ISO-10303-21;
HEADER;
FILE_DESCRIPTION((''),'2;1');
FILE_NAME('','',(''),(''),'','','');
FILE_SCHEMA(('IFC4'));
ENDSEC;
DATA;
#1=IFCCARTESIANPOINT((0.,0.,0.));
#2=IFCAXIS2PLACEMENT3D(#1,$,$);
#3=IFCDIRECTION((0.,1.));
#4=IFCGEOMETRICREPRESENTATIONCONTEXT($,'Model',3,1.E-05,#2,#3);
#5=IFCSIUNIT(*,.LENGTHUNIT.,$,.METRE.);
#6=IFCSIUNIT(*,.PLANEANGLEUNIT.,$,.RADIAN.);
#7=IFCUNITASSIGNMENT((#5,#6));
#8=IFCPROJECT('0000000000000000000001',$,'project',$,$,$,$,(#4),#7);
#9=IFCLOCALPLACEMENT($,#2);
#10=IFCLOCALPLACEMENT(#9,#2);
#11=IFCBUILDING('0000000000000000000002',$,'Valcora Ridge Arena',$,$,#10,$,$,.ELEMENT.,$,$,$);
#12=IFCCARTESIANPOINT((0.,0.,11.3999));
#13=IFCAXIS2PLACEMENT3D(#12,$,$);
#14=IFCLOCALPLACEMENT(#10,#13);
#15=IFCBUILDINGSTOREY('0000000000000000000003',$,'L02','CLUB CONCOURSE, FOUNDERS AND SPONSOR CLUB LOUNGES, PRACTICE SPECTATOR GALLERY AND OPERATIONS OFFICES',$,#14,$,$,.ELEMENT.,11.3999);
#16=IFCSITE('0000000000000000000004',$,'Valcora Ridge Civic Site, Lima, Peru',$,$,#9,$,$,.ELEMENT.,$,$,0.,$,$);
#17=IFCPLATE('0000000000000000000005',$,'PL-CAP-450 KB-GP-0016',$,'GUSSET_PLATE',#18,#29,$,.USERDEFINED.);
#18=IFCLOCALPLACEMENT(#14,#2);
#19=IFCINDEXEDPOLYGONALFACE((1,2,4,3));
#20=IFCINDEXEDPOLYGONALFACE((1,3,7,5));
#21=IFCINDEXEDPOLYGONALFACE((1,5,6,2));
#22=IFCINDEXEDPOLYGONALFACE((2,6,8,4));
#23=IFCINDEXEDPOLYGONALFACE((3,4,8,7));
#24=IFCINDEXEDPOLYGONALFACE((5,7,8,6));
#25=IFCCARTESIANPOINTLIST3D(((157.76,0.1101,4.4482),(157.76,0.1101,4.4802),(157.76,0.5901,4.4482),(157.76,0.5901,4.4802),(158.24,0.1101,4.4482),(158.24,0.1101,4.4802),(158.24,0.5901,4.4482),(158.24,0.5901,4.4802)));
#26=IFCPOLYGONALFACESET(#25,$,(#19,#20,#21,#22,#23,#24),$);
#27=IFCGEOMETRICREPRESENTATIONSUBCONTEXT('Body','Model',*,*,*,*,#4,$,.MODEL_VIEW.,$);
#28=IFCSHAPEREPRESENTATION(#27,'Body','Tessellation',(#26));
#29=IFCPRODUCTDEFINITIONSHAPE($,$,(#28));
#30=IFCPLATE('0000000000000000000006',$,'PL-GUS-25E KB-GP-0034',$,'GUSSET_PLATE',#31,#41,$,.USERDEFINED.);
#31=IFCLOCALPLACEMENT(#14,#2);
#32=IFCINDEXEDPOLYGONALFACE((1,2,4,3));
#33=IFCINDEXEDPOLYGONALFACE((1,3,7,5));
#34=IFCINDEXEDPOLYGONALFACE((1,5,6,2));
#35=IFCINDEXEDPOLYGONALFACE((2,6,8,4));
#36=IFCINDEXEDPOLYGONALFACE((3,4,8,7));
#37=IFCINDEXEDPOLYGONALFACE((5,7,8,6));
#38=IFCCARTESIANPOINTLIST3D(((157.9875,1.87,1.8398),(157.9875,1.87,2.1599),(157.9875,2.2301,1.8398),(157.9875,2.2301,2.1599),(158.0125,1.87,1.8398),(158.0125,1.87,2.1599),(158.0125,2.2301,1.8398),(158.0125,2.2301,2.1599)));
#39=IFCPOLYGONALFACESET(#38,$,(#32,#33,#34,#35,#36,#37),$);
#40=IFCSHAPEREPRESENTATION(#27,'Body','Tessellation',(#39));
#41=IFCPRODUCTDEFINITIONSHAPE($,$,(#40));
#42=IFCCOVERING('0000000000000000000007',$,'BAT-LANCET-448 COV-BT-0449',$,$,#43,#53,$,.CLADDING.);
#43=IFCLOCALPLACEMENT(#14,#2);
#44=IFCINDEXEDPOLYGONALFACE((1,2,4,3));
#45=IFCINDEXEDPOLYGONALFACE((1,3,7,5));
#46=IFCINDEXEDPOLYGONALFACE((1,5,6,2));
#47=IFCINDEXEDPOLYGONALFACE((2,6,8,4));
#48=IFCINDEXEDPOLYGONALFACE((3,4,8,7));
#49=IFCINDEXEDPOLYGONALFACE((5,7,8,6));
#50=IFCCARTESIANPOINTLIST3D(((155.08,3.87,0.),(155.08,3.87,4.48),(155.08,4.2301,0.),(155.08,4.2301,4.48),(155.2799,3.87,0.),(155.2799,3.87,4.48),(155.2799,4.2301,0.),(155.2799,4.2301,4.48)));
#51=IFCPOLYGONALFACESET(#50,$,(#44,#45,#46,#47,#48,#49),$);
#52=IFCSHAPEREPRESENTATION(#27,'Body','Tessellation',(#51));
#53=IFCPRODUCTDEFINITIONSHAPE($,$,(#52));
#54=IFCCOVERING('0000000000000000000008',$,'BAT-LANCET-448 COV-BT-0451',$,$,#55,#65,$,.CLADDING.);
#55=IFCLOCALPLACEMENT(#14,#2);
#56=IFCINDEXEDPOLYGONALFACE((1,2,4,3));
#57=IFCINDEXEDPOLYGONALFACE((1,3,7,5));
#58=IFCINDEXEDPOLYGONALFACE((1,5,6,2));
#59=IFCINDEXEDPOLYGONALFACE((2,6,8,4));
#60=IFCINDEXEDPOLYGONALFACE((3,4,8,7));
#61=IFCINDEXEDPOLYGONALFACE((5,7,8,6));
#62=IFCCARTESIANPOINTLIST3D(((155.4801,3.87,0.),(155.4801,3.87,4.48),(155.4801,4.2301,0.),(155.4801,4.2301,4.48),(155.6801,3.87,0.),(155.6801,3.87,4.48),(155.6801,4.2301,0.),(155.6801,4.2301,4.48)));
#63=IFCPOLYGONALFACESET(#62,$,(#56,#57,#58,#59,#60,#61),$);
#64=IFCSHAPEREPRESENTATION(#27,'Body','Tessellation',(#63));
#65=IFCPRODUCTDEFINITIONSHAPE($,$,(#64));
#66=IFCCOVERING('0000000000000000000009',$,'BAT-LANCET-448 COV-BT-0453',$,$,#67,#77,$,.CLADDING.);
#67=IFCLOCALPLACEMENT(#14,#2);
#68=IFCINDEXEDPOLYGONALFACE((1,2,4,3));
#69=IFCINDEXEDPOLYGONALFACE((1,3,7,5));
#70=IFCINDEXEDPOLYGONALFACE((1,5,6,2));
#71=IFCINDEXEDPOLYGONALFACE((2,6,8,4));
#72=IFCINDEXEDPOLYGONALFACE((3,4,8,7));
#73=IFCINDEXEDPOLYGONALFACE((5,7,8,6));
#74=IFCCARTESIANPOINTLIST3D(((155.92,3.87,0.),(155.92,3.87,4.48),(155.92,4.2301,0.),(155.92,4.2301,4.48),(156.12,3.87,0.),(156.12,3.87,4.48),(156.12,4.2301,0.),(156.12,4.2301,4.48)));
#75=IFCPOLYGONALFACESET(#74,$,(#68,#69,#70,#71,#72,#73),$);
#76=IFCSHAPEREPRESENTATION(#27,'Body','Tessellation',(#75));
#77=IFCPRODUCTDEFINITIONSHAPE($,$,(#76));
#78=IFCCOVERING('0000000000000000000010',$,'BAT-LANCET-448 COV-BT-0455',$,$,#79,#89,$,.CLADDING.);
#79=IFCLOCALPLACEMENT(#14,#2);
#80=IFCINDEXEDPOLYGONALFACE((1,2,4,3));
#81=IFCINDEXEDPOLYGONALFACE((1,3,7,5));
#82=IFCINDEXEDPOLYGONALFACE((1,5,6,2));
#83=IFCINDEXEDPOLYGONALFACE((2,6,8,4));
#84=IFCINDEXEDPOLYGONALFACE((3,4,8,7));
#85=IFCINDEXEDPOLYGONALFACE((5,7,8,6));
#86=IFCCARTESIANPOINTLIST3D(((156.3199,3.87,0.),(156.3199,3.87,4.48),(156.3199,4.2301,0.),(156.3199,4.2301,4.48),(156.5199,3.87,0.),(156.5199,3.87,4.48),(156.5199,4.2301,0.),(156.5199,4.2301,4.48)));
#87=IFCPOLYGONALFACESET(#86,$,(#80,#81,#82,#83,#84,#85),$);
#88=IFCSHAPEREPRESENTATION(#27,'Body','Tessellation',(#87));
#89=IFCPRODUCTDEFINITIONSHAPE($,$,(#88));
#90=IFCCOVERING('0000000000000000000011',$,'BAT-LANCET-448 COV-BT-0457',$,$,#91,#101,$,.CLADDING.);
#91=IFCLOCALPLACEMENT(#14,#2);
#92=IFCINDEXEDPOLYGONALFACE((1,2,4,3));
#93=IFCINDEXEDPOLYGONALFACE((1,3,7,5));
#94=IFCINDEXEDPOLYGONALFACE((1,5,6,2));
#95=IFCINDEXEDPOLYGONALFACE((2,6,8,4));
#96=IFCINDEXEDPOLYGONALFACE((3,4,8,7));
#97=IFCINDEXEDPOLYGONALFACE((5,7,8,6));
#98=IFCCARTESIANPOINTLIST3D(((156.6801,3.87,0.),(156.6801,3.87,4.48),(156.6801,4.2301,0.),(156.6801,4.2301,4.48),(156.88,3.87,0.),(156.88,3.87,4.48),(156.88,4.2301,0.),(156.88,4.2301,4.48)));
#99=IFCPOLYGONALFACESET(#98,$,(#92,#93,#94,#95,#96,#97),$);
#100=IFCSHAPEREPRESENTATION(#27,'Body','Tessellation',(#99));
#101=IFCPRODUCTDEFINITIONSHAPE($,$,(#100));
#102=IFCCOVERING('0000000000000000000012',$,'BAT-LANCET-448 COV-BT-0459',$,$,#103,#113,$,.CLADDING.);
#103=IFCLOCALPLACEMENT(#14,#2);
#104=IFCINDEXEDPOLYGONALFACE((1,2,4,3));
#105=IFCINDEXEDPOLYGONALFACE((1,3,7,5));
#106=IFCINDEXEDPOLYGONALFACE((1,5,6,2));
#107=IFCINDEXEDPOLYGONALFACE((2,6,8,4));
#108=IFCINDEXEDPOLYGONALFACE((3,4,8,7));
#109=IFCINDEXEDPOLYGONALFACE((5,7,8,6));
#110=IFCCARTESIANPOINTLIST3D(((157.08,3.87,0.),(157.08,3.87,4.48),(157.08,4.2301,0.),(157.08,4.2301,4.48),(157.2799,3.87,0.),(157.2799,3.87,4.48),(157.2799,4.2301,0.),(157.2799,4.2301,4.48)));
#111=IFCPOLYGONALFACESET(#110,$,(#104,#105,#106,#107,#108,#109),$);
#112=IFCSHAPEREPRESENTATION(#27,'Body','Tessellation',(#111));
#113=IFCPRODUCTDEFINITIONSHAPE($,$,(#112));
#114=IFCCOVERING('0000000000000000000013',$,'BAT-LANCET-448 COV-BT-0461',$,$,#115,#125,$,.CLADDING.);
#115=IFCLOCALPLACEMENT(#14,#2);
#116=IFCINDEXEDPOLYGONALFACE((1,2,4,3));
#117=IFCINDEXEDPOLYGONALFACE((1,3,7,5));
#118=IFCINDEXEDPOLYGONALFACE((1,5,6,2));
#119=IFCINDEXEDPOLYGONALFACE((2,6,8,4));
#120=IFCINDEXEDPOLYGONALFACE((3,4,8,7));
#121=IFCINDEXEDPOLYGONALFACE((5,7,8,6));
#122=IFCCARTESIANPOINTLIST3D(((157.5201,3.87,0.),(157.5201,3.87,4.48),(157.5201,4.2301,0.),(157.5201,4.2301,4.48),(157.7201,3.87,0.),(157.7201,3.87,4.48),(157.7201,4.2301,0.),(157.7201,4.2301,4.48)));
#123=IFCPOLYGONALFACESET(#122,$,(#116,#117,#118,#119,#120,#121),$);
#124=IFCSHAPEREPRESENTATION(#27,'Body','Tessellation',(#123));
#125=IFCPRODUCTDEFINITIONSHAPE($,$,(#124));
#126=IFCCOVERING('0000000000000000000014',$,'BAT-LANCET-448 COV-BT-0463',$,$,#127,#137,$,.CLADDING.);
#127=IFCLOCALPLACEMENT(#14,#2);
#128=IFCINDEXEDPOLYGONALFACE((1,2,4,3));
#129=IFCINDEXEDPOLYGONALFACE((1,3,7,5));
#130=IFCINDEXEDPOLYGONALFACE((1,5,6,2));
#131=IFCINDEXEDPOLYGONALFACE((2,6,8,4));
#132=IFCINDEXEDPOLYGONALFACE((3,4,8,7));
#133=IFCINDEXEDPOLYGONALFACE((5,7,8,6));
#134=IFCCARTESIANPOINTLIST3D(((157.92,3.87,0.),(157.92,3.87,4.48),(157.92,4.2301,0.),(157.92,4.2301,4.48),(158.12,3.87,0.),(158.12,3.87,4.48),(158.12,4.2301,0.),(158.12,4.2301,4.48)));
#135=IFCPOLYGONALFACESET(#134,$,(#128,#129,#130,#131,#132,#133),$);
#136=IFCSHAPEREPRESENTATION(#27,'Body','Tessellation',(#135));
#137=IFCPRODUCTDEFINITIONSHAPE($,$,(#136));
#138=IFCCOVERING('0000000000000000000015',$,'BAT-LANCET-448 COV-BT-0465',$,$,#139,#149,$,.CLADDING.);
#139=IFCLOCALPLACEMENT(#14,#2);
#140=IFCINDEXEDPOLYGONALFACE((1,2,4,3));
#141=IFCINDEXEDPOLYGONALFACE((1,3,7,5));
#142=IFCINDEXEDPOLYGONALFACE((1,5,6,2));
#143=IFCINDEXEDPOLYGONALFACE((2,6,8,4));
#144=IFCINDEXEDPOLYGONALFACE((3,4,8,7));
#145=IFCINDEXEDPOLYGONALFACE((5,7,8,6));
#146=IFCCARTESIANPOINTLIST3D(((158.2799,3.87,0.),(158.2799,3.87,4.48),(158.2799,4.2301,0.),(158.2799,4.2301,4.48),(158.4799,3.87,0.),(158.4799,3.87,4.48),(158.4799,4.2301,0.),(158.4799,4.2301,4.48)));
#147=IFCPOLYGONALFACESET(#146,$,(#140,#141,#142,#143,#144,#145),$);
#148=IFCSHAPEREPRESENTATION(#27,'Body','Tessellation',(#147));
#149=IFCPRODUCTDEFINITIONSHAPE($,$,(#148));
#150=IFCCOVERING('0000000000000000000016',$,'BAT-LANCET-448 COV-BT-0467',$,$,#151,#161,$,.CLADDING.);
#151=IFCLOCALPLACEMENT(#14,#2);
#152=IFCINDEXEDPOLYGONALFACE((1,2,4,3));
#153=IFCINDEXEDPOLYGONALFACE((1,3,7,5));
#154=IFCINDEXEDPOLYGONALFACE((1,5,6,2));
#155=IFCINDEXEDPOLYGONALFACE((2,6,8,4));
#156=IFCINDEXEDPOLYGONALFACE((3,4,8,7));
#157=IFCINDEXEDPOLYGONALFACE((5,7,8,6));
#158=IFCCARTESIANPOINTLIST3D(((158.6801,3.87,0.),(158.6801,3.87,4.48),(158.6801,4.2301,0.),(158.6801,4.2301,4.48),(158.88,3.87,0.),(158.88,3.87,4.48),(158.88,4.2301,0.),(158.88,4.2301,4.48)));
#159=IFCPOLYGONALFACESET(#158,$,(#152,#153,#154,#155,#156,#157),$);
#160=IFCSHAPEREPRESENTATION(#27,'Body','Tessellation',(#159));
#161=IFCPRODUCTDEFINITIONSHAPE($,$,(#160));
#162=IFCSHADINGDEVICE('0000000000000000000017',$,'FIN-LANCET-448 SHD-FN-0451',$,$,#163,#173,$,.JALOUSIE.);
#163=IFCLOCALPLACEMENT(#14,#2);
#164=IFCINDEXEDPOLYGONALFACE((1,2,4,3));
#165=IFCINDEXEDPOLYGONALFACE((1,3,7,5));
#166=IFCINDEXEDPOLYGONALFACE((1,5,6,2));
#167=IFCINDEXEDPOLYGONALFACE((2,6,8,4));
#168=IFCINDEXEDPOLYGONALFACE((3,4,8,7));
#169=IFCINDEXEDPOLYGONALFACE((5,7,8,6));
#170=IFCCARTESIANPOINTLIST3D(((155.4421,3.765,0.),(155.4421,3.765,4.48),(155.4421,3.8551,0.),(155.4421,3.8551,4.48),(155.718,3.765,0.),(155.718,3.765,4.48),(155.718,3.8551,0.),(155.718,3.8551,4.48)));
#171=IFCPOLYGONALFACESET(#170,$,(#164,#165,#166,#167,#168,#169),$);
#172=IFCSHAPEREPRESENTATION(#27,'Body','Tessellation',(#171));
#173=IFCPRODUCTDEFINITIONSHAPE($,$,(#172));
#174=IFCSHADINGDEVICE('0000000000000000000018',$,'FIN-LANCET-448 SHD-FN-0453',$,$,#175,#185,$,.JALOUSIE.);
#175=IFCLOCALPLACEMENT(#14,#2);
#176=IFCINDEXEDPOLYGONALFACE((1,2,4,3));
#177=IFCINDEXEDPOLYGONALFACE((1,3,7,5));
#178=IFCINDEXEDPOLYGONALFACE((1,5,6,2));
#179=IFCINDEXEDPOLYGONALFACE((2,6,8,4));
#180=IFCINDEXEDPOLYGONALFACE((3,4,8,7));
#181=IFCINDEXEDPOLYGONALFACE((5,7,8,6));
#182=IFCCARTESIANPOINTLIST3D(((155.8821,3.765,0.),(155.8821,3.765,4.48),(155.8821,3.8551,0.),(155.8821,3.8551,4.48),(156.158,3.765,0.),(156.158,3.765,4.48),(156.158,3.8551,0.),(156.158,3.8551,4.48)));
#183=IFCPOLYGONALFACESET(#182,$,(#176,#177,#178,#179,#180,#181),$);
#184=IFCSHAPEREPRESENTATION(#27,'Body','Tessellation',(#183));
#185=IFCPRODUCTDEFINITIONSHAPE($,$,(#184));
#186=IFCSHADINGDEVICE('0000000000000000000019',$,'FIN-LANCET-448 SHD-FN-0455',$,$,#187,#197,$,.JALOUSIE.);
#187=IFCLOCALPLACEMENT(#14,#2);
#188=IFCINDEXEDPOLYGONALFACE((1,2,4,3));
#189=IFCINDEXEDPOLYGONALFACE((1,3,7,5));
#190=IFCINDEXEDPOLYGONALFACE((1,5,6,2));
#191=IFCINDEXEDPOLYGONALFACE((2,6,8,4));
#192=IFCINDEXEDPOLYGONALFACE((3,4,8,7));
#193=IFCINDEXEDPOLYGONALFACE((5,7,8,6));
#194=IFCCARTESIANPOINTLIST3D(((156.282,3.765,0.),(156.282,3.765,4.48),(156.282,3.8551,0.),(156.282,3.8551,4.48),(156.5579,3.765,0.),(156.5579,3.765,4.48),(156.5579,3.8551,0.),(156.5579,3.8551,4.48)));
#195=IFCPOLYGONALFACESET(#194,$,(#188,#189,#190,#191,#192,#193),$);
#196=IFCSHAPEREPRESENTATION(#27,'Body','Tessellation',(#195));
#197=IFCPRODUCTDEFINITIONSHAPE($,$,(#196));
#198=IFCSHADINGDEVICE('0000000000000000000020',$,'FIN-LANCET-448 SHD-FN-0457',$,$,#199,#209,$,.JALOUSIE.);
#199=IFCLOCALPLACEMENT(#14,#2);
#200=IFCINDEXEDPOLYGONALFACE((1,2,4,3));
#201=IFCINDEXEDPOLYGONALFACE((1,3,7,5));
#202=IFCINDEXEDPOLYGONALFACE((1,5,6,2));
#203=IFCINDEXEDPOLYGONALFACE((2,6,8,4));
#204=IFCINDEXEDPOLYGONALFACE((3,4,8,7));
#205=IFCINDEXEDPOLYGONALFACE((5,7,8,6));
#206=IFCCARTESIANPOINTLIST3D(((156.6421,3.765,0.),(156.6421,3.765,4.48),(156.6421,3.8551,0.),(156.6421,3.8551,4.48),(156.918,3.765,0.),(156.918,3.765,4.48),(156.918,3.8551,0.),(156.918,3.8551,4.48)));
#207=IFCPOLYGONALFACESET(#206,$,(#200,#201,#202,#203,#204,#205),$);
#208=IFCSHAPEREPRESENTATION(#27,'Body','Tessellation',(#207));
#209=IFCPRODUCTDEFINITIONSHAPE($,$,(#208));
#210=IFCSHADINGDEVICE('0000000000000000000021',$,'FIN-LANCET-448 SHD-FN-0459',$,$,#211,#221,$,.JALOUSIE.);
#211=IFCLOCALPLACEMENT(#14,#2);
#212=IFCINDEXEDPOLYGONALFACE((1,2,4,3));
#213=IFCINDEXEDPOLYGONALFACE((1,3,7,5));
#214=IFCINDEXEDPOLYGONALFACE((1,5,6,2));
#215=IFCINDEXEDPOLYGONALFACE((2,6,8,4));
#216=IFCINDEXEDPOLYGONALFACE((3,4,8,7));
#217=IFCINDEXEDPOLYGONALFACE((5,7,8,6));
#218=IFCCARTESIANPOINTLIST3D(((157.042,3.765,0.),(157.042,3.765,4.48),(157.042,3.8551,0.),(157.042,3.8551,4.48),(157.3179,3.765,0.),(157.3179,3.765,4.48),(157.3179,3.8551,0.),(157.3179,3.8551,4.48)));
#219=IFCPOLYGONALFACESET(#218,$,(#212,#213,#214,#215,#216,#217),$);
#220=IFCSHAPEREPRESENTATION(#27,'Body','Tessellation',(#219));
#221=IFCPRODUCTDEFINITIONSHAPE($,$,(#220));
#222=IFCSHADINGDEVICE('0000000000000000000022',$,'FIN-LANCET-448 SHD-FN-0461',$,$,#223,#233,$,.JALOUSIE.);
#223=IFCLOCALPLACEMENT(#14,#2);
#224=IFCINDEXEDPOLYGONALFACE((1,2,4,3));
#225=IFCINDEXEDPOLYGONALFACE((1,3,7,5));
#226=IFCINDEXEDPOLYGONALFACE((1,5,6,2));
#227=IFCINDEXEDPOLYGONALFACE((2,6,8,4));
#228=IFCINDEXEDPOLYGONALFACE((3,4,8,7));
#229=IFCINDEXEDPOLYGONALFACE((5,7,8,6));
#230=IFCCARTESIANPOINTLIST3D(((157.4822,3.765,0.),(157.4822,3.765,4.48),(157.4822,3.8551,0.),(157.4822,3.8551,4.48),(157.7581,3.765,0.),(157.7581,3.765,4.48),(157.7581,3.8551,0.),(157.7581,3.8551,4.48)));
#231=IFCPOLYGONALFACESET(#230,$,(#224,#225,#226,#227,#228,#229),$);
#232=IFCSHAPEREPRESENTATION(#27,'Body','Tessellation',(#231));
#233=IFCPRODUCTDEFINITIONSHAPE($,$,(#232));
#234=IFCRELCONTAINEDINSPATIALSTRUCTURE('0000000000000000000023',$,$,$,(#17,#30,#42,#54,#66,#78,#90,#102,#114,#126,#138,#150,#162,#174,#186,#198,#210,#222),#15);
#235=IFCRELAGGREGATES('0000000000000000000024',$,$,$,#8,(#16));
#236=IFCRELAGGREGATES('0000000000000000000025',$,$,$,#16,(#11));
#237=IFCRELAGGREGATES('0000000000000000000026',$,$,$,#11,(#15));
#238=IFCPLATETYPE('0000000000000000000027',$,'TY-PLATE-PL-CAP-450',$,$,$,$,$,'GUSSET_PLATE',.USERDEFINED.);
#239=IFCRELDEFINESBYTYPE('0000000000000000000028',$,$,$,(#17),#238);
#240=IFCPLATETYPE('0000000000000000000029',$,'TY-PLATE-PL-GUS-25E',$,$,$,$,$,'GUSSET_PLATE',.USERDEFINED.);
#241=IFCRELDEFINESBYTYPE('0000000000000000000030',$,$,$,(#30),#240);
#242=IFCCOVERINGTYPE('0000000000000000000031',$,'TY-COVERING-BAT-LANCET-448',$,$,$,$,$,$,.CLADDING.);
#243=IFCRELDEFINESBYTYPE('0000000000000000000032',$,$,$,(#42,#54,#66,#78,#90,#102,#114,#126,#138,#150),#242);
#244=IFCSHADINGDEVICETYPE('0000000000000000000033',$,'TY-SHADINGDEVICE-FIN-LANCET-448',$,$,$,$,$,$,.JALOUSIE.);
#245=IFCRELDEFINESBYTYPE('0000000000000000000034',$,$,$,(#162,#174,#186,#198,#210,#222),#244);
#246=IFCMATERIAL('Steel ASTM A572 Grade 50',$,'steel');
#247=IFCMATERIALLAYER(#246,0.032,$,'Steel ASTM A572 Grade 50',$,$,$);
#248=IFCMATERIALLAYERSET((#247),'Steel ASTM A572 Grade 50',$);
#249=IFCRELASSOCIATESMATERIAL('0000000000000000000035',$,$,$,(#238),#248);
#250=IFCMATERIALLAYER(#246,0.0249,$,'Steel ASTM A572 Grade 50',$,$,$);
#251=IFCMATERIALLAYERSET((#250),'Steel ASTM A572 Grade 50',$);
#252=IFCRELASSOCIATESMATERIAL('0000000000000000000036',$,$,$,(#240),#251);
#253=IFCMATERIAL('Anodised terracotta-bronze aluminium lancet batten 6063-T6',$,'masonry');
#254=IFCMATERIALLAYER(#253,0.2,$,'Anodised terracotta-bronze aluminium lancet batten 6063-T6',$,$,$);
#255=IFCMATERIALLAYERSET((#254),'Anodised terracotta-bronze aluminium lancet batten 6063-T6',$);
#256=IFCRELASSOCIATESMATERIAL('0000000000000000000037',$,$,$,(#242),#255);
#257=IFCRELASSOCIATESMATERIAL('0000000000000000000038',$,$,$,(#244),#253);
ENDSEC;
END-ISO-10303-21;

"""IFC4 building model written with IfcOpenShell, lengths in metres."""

from ifc_helpers import new_model, si_unit, direction, frame, origin, origin_2d, place, context, subcontext, project, spatial, rectangle, extrude, material, layer, layer_set, material_profile, profile_set, type_object, element, save


model = new_model("IFC4")

# Units and contexts
model_context = context("Model", 3, precision=1e-05, world=origin(), true_north=direction((0.0, 1.0)))
body_context = subcontext(model_context, "Body", "Model", "MODEL_VIEW")
ifc_project = project(units=[si_unit("LENGTHUNIT", "METRE"), si_unit("PLANEANGLEUNIT", "RADIAN")], contexts=[model_context])

# Site, building, storey
site_placement = place(None, origin())
site = spatial("IfcSite", under=ifc_project, at=site_placement, Name="Valcora Ridge Civic Site, Lima, Peru", CompositionType="ELEMENT", RefElevation=0.0)
building_placement = place(site_placement, origin())
building = spatial("IfcBuilding", under=site, at=building_placement, Name="Valcora Ridge Arena", CompositionType="ELEMENT")
storey_placement = place(building_placement, frame((0.0, 0.0, 11.3999)))
storey = spatial("IfcBuildingStorey", under=building, at=storey_placement, Name="L02", Description="CLUB CONCOURSE, FOUNDERS AND SPONSOR CLUB LOUNGES, PRACTICE SPECTATOR GALLERY AND OPERATIONS OFFICES", CompositionType="ELEMENT", Elevation=11.3999)

# Shared definitions
ifc_material_1 = material(Name="Steel ASTM A572 Grade 50", Category="steel")

# Plates
ifc_layer_1 = layer(ifc_material_1, 0.032, Name="Steel ASTM A572 Grade 50")
ifc_layer_set_1 = layer_set([ifc_layer_1], Name="Steel ASTM A572 Grade 50")
plate_type_1 = type_object("IfcPlateType", Name="TY-PLATE-PL-CAP-450", ElementType="GUSSET_PLATE", PredefinedType="USERDEFINED", material=ifc_layer_set_1)
plate_1_placement = place(storey_placement, frame((158.0, 0.3501, 4.4482), z_axis=(0.0, 0.0, 1.0), x_axis=(1.0, 0.0, 0.0)))
element("IfcPlate", 1, at=plate_1_placement, inside=storey, type_object=plate_type_1, Name="PL-CAP-450 KB-GP-0016", ObjectType="GUSSET_PLATE", PredefinedType="USERDEFINED", context=body_context, shape_type="SweptSolid", body=[
    extrude(rectangle(XDim=0.48, YDim=0.48, at=origin_2d()), origin(), (0.0, 0.0, 1.0), 0.032),
])
ifc_layer_2 = layer(ifc_material_1, 0.0249, Name="Steel ASTM A572 Grade 50")
ifc_layer_set_2 = layer_set([ifc_layer_2], Name="Steel ASTM A572 Grade 50")
plate_type_2 = type_object("IfcPlateType", Name="TY-PLATE-PL-GUS-25E", ElementType="GUSSET_PLATE", PredefinedType="USERDEFINED", material=ifc_layer_set_2)
plate_2_placement = place(storey_placement, frame((158.0, 2.05, 1.8398), z_axis=(0.0, 0.0, 1.0), x_axis=(1.0, 0.0, 0.0)))
element("IfcPlate", 2, at=plate_2_placement, inside=storey, type_object=plate_type_2, Name="PL-GUS-25E KB-GP-0034", ObjectType="GUSSET_PLATE", PredefinedType="USERDEFINED", context=body_context, shape_type="SweptSolid", body=[
    extrude(rectangle(XDim=0.0249, YDim=0.3601, at=origin_2d()), origin(), (0.0, 0.0, 1.0), 0.3201),
])

# Coverings
ifc_material_2 = material(Name="Anodised terracotta-bronze aluminium lancet batten 6063-T6", Category="masonry")
ifc_layer_3 = layer(ifc_material_2, 0.2, Name="Anodised terracotta-bronze aluminium lancet batten 6063-T6")
ifc_layer_set_3 = layer_set([ifc_layer_3], Name="Anodised terracotta-bronze aluminium lancet batten 6063-T6")
covering_type = type_object("IfcCoveringType", Name="TY-COVERING-BAT-LANCET-448", PredefinedType="CLADDING", material=ifc_layer_set_3)
for number, where, z_axis, x_axis, name in (
    (3, (155.1799, 4.05, 0.0), (0.0, 0.0, 1.0), (1.0, 0.0, 0.0), "BAT-LANCET-448 COV-BT-0449"),
    (4, (155.5801, 4.05, 0.0), (0.0, 0.0, 1.0), (1.0, 0.0, 0.0), "BAT-LANCET-448 COV-BT-0451"),
    (5, (156.02, 4.05, 0.0), (0.0, 0.0, 1.0), (1.0, 0.0, 0.0), "BAT-LANCET-448 COV-BT-0453"),
    (6, (156.4199, 4.05, 0.0), (0.0, 0.0, 1.0), (1.0, 0.0, 0.0), "BAT-LANCET-448 COV-BT-0455"),
    (7, (156.78, 4.05, 0.0), (0.0, 0.0, 1.0), (1.0, 0.0, 0.0), "BAT-LANCET-448 COV-BT-0457"),
    (8, (157.1799, 4.05, 0.0), (0.0, 0.0, 1.0), (1.0, 0.0, 0.0), "BAT-LANCET-448 COV-BT-0459"),
    (9, (157.6201, 4.05, 0.0), (0.0, 0.0, 1.0), (1.0, 0.0, 0.0), "BAT-LANCET-448 COV-BT-0461"),
    (10, (158.02, 4.05, 0.0), (0.0, 0.0, 1.0), (1.0, 0.0, 0.0), "BAT-LANCET-448 COV-BT-0463"),
    (11, (158.3799, 4.05, 0.0), (0.0, 0.0, 1.0), (1.0, 0.0, 0.0), "BAT-LANCET-448 COV-BT-0465"),
    (12, (158.78, 4.05, 0.0), (0.0, 0.0, 1.0), (1.0, 0.0, 0.0), "BAT-LANCET-448 COV-BT-0467"),
):
    element("IfcCovering", number, at=place(storey_placement, frame(where, z_axis=z_axis, x_axis=x_axis)), inside=storey, type_object=covering_type, Name=name, PredefinedType="CLADDING", context=body_context, shape_type="SweptSolid", body=[
        extrude(rectangle(XDim=0.2, YDim=0.3601, at=origin_2d()), origin(), (0.0, 0.0, 1.0), 4.48),
    ])

# Shading devices
ifc_material_profile_1 = material_profile(ifc_material_2, rectangle(XDim=0.0901, YDim=0.2759, at=origin_2d()), Name="ALU LANCET BATTEN 90x276")
ifc_profile_set_1 = profile_set([ifc_material_profile_1], Name="Anodised terracotta-bronze aluminium lancet batten 6063-T6")
shading_device_type = type_object("IfcShadingDeviceType", Name="TY-SHADINGDEVICE-FIN-LANCET-448", PredefinedType="JALOUSIE", material=ifc_profile_set_1)
for number, where, z_axis, x_axis, name in (
    (13, (155.5801, 3.8101, 0.0), (0.0, 0.0, 1.0), (0.0, 1.0, 0.0), "FIN-LANCET-448 SHD-FN-0451"),
    (14, (156.02, 3.8101, 0.0), (0.0, 0.0, 1.0), (0.0, 1.0, 0.0), "FIN-LANCET-448 SHD-FN-0453"),
    (15, (156.4199, 3.8101, 0.0), (0.0, 0.0, 1.0), (0.0, 1.0, 0.0), "FIN-LANCET-448 SHD-FN-0455"),
    (16, (156.78, 3.8101, 0.0), (0.0, 0.0, 1.0), (0.0, 1.0, 0.0), "FIN-LANCET-448 SHD-FN-0457"),
    (17, (157.1799, 3.8101, 0.0), (0.0, 0.0, 1.0), (0.0, 1.0, 0.0), "FIN-LANCET-448 SHD-FN-0459"),
    (18, (157.6201, 3.8101, 0.0), (0.0, 0.0, 1.0), (0.0, 1.0, 0.0), "FIN-LANCET-448 SHD-FN-0461"),
):
    element("IfcShadingDevice", number, at=place(storey_placement, frame(where, z_axis=z_axis, x_axis=x_axis)), inside=storey, type_object=shading_device_type, Name=name, PredefinedType="JALOUSIE", context=body_context, shape_type="SweptSolid", body=[
        extrude(rectangle(XDim=0.0901, YDim=0.2759, at=origin_2d()), origin(), (0.0, 0.0, 1.0), 4.48),
    ])

save(model, "model.ifc")
